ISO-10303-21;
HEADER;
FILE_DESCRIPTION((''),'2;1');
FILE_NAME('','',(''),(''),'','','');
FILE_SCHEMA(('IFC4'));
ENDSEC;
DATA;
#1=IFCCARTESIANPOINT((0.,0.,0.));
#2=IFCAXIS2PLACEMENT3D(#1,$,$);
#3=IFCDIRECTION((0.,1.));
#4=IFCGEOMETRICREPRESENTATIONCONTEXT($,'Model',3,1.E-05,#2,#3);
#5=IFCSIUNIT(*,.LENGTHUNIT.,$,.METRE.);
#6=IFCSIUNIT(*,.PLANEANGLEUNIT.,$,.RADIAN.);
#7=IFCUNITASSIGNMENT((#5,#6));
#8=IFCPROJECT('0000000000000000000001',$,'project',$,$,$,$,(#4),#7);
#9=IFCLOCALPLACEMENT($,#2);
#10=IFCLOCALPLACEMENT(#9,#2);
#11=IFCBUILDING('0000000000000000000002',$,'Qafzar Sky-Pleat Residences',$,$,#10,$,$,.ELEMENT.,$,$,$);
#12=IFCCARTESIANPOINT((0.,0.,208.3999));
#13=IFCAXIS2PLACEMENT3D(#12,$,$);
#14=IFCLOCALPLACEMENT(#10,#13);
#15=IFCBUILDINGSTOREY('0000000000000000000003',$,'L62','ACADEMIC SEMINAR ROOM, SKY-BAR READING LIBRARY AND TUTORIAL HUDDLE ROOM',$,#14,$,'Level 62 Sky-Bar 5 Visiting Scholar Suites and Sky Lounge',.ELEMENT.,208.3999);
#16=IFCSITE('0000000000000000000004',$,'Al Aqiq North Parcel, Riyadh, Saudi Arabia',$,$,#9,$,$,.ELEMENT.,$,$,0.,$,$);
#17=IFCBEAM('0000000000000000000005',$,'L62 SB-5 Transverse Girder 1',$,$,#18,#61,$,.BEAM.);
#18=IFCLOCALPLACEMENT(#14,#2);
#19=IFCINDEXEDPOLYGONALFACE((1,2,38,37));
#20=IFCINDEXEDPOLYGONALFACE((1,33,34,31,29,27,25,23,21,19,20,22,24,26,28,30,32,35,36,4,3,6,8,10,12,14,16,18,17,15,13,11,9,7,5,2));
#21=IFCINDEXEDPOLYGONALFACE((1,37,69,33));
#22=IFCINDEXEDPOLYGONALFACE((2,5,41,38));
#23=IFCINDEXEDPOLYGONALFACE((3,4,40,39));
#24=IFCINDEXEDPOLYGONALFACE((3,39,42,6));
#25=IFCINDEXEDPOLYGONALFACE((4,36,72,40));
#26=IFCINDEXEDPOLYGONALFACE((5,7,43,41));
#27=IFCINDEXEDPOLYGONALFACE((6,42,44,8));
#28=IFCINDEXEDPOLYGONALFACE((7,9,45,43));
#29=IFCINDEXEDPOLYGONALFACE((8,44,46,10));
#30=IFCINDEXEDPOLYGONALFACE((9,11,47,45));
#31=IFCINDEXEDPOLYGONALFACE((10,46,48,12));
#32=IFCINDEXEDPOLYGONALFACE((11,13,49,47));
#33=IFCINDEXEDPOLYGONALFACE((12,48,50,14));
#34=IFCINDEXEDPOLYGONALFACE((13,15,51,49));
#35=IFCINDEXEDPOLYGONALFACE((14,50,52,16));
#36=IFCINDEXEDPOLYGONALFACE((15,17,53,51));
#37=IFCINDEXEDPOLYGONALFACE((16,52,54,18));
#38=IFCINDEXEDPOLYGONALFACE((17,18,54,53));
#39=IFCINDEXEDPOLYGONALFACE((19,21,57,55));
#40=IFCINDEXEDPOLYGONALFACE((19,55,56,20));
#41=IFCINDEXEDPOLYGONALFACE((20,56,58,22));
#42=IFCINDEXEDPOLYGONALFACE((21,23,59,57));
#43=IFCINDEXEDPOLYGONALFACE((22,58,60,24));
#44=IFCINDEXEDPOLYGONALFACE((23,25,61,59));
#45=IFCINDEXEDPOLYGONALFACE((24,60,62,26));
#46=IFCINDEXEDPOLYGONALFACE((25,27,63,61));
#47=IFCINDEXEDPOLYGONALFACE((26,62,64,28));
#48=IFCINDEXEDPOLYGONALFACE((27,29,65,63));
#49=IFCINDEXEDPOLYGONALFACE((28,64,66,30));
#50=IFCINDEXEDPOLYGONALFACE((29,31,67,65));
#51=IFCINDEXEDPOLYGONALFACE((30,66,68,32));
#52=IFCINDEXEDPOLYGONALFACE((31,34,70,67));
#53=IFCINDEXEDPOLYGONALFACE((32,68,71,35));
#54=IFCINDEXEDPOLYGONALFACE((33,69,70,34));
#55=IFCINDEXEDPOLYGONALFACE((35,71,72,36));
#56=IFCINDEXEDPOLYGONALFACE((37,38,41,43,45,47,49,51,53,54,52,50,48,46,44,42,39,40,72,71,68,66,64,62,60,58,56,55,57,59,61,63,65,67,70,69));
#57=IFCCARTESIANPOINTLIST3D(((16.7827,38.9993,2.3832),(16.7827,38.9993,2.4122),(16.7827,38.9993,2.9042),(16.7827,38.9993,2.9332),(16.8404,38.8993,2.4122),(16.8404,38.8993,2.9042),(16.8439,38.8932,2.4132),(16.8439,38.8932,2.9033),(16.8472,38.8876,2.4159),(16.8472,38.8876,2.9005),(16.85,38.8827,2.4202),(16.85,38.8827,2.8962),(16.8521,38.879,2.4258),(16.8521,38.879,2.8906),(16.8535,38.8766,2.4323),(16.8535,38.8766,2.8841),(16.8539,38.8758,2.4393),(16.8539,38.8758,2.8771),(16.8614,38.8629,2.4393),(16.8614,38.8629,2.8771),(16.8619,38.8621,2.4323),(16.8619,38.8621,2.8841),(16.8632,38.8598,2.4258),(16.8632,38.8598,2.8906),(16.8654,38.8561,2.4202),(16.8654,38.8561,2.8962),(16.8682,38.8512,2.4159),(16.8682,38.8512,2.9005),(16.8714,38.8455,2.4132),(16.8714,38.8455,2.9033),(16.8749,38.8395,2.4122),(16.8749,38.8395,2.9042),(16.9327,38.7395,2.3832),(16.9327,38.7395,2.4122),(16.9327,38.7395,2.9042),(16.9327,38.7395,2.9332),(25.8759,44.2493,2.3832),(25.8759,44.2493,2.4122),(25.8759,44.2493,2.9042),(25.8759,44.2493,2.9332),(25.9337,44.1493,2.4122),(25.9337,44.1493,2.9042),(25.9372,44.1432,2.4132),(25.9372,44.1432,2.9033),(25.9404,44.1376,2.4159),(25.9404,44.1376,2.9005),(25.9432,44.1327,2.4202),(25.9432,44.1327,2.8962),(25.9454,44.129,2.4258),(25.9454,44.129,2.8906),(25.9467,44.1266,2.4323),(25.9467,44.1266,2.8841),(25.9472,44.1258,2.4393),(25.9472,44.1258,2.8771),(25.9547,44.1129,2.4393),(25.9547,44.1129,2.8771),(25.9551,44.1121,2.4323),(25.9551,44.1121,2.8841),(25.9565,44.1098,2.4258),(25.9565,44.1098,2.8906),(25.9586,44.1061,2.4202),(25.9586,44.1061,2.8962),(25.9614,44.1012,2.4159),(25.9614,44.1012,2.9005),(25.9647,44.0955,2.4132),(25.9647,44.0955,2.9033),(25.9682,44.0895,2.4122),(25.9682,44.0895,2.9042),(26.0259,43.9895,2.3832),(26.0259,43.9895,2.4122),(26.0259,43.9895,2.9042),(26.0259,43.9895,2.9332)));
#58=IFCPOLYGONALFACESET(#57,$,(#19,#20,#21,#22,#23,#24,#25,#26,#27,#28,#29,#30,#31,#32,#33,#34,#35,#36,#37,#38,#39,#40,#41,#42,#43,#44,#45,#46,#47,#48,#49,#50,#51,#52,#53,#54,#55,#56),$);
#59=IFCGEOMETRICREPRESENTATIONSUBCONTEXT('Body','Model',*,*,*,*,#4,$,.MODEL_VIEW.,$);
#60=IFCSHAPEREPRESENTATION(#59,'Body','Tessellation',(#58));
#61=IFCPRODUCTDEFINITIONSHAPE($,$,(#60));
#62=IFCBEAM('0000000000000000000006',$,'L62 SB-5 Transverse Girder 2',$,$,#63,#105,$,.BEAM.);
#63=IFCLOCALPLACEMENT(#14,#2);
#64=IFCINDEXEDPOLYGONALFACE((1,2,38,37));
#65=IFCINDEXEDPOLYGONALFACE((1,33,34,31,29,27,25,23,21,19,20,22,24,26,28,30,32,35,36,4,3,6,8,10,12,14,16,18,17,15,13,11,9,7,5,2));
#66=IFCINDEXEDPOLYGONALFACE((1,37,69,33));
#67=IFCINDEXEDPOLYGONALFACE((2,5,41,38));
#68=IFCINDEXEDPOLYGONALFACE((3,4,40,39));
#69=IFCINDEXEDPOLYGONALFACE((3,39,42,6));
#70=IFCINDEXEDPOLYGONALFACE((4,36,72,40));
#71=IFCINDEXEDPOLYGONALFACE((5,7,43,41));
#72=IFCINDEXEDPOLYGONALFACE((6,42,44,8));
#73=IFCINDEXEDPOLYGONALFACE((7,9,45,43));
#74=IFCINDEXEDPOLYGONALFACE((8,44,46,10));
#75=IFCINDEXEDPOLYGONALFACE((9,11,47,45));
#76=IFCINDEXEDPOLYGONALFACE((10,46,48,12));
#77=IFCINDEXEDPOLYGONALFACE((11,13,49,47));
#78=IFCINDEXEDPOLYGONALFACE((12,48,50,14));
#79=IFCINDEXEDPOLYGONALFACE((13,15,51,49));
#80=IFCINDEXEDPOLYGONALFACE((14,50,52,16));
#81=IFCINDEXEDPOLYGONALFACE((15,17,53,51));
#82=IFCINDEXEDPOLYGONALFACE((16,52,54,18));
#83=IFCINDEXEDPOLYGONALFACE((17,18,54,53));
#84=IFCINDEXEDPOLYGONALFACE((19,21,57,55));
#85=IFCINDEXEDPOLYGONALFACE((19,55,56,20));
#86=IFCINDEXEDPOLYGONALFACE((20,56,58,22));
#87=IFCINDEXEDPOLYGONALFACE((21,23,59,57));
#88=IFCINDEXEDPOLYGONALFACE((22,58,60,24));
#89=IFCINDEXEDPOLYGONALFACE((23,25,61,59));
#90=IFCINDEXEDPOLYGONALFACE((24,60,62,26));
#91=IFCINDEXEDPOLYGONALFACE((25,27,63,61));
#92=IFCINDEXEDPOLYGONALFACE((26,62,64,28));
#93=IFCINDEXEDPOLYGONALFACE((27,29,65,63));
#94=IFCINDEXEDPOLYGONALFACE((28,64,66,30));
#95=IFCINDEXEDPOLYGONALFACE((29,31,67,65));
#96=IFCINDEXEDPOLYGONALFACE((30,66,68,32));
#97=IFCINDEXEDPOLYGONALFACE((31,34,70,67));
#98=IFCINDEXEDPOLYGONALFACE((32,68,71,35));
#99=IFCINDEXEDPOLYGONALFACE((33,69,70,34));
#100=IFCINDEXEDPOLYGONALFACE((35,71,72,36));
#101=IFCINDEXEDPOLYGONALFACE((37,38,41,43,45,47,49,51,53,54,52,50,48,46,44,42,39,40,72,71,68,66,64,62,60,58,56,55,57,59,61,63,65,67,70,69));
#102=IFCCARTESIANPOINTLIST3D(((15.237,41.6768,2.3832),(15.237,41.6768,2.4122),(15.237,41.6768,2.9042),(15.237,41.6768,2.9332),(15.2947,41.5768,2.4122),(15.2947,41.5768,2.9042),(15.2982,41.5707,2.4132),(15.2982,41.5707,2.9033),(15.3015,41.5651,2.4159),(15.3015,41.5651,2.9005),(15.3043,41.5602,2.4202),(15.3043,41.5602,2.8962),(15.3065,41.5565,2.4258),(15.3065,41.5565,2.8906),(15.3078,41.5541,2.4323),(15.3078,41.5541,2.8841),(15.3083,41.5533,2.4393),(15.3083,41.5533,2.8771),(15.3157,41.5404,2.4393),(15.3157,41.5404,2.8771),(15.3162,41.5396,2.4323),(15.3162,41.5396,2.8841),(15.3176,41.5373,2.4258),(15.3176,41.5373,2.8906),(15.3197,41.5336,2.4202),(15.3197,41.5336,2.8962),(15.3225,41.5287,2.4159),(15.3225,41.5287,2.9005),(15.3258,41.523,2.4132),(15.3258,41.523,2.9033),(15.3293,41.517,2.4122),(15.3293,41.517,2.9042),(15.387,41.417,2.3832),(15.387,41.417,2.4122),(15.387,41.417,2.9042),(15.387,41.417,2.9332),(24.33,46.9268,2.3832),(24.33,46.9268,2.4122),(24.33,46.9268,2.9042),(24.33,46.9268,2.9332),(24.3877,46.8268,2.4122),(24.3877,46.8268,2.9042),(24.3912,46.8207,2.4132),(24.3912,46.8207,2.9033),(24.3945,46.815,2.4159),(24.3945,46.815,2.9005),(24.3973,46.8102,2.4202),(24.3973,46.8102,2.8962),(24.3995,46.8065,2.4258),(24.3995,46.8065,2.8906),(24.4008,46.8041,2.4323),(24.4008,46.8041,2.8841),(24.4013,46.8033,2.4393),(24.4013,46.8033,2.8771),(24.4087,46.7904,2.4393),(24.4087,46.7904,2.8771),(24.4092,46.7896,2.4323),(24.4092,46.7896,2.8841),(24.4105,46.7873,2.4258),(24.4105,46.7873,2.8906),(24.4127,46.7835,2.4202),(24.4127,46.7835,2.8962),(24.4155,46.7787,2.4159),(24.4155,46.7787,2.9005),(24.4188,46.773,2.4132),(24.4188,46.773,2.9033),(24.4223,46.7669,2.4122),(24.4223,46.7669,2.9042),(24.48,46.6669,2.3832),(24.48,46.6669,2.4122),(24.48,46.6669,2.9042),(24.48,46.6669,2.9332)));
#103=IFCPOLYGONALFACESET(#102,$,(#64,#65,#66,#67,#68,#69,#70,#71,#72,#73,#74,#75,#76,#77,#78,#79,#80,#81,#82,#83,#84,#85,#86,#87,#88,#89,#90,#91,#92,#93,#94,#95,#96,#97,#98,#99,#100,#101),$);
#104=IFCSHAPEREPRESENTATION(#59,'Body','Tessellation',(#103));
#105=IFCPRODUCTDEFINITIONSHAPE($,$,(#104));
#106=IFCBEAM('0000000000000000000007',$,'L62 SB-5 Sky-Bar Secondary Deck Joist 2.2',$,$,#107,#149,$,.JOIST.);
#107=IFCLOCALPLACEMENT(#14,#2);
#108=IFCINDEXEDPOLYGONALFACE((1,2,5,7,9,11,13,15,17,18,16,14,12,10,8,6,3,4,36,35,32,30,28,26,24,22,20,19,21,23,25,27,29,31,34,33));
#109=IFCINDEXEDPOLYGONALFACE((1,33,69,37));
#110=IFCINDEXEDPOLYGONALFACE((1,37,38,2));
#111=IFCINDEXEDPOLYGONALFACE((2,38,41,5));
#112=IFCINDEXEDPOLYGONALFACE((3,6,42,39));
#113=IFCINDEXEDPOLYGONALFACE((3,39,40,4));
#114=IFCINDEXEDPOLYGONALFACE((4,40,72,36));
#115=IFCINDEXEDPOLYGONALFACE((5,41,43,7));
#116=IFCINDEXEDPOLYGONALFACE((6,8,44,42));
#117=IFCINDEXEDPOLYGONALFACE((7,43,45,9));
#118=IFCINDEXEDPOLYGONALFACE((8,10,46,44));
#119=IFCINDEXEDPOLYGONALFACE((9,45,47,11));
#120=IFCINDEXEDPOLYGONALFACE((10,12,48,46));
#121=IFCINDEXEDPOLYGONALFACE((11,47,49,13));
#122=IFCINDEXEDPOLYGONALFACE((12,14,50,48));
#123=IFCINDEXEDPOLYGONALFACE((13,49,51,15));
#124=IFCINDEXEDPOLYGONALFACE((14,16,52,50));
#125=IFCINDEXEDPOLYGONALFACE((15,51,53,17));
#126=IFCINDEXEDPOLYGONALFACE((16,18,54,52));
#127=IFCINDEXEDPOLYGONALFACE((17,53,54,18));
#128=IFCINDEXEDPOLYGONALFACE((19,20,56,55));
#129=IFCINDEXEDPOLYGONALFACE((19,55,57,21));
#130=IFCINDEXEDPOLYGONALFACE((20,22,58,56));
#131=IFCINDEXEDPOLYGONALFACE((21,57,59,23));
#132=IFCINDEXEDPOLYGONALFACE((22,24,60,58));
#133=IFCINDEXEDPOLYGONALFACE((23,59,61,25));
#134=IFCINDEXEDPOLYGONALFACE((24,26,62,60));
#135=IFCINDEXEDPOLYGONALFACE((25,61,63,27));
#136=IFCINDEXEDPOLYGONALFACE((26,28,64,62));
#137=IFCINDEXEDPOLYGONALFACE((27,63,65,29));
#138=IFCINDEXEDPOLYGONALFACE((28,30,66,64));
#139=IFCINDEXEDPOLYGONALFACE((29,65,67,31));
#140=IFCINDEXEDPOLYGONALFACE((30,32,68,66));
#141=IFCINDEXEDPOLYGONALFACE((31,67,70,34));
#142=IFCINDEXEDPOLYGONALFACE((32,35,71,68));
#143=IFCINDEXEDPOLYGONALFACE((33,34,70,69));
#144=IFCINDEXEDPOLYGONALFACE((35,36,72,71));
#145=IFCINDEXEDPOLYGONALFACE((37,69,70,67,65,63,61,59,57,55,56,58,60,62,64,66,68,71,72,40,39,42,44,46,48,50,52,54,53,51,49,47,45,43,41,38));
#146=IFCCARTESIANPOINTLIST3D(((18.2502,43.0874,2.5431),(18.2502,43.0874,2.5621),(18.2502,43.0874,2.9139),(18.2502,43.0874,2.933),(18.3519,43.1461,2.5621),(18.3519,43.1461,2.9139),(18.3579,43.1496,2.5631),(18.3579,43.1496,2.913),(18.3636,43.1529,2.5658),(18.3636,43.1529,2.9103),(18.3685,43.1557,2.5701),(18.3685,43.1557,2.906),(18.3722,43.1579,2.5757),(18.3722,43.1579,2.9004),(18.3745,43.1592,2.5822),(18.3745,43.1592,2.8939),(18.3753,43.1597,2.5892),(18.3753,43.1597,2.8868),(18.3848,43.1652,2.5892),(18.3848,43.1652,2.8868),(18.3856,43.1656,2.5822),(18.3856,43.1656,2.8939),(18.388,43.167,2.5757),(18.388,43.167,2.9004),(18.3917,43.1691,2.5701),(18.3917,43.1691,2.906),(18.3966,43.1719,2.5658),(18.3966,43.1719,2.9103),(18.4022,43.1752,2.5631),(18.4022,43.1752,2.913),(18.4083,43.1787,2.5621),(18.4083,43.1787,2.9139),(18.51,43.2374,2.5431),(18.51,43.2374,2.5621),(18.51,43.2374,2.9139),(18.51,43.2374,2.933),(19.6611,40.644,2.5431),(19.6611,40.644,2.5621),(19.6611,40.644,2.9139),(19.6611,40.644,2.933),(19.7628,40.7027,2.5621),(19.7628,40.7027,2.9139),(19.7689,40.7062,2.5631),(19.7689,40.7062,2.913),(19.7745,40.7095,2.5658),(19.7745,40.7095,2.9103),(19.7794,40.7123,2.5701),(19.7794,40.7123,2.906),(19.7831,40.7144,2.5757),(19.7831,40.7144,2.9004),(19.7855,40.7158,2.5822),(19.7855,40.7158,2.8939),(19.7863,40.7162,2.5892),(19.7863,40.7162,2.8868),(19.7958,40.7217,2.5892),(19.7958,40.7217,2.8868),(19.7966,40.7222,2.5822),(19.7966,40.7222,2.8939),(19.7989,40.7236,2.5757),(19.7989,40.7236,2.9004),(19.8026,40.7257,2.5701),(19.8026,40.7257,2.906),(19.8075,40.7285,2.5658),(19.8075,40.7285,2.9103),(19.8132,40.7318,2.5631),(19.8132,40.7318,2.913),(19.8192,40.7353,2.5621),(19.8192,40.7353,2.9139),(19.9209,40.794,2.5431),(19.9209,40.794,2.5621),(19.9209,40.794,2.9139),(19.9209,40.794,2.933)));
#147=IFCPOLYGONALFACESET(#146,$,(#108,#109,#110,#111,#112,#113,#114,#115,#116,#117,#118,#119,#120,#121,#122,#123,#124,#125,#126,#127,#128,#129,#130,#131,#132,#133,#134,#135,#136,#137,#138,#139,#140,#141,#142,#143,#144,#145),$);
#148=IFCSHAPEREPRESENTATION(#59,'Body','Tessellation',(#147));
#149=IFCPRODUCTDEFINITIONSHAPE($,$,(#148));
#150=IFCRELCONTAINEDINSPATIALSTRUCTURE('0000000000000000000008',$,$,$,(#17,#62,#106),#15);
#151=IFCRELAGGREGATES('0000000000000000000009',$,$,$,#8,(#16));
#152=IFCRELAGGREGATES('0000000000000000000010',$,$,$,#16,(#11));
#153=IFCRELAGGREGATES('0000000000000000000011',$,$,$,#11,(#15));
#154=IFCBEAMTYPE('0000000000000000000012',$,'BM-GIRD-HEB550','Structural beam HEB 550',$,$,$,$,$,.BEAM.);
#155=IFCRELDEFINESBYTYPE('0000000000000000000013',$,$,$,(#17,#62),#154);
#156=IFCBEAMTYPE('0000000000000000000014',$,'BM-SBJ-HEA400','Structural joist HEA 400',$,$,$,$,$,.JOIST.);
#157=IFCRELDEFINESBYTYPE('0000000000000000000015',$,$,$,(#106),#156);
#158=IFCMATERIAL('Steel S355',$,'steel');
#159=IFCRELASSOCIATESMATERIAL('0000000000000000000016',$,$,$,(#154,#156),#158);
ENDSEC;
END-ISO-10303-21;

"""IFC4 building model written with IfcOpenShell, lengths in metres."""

from ifc_helpers import new_model, si_unit, direction, frame, origin, origin_2d, place, context, subcontext, project, spatial, i_section, extrude, source, transform, mapped, material, material_profile, profile_set, type_object, element, save


model = new_model("IFC4")

# Units and contexts
model_context = context("Model", 3, precision=1e-05, world=origin(), true_north=direction((0.0, 1.0)))
body_context = subcontext(model_context, "Body", "Model", "MODEL_VIEW")
ifc_project = project(units=[si_unit("LENGTHUNIT", "METRE"), si_unit("PLANEANGLEUNIT", "RADIAN")], contexts=[model_context])

# Site, building, storey
site_placement = place(None, origin())
site = spatial("IfcSite", under=ifc_project, at=site_placement, Name="Al Aqiq North Parcel, Riyadh, Saudi Arabia", CompositionType="ELEMENT", RefElevation=0.0)
building_placement = place(site_placement, origin())
building = spatial("IfcBuilding", under=site, at=building_placement, Name="Qafzar Sky-Pleat Residences", CompositionType="ELEMENT")
storey_placement = place(building_placement, frame((0.0, 0.0, 208.3999)))
storey = spatial("IfcBuildingStorey", under=building, at=storey_placement, Name="L62", Description="ACADEMIC SEMINAR ROOM, SKY-BAR READING LIBRARY AND TUTORIAL HUDDLE ROOM", LongName="Level 62 Sky-Bar 5 Visiting Scholar Suites and Sky Lounge", CompositionType="ELEMENT", Elevation=208.3999)

# Shared definitions
ifc_material_1 = material(Name="Steel S355", Category="steel")

# Beams
ifc_material_profile_1 = material_profile(ifc_material_1, i_section(OverallWidth=0.3, OverallDepth=0.55, WebThickness=0.0149, FlangeThickness=0.0291, FilletRadius=0.0271, at=origin_2d()), Name="HEB 550")
ifc_profile_set_1 = profile_set([ifc_material_profile_1], Name="Steel S355")
beam_type_1 = type_object("IfcBeamType", Name="BM-GIRD-HEB550", Description="Structural beam HEB 550", PredefinedType="BEAM", material=ifc_profile_set_1)
shared_shape_1 = source(origin(), body_context, "Body", "SweptSolid", [
    extrude(i_section(OverallWidth=0.3, OverallDepth=0.55, WebThickness=0.0149, FlangeThickness=0.0291, FilletRadius=0.0271, at=origin_2d()), origin(), (0.0, 0.0, 1.0), 10.5),
])
beam_1_placement = place(storey_placement, frame((16.8577, 38.8694, 2.6582), z_axis=(0.866025, 0.5, 0.0), x_axis=(-0.5, 0.866025, 0.0)))
element("IfcBeam", 1, at=beam_1_placement, inside=storey, type_object=beam_type_1, Name="L62 SB-5 Transverse Girder 1", PredefinedType="BEAM", context=body_context, shape_type="MappedRepresentation", body=[
    mapped(shared_shape_1, transform((0.0, 0.0, 0.0), x_axis=(1.0, 0.0, 0.0), y_axis=(0.0, 1.0, 0.0), z_axis=(0.0, 0.0, 1.0), scale=1.0)),
])
shared_shape_2 = source(origin(), body_context, "Body", "SweptSolid", [
    extrude(i_section(OverallWidth=0.3, OverallDepth=0.55, WebThickness=0.0149, FlangeThickness=0.0291, FilletRadius=0.0271, at=origin_2d()), origin(), (0.0, 0.0, 1.0), 10.4998),
])
beam_2_placement = place(storey_placement, frame((15.312, 41.5469, 2.6582), z_axis=(0.866019, 0.50001, 0.0), x_axis=(-0.50001, 0.866019, 0.0)))
element("IfcBeam", 2, at=beam_2_placement, inside=storey, type_object=beam_type_1, Name="L62 SB-5 Transverse Girder 2", PredefinedType="BEAM", context=body_context, shape_type="MappedRepresentation", body=[
    mapped(shared_shape_2, transform((0.0, 0.0, 0.0), x_axis=(1.0, 0.0, 0.0), y_axis=(0.0, 1.0, 0.0), z_axis=(0.0, 0.0, 1.0), scale=1.0)),
])
ifc_material_profile_2 = material_profile(ifc_material_1, i_section(OverallWidth=0.3, OverallDepth=0.3899, WebThickness=0.011, FlangeThickness=0.019, FilletRadius=0.0271, at=origin_2d()), Name="HEA 400")
ifc_profile_set_2 = profile_set([ifc_material_profile_2], Name="Steel S355")
beam_type_2 = type_object("IfcBeamType", Name="BM-SBJ-HEA400", Description="Structural joist HEA 400", PredefinedType="JOIST", material=ifc_profile_set_2)
shared_shape_3 = source(origin(), body_context, "Body", "SweptSolid", [
    extrude(i_section(OverallWidth=0.3, OverallDepth=0.3899, WebThickness=0.011, FlangeThickness=0.019, FilletRadius=0.0271, at=origin_2d()), origin(), (0.0, 0.0, 1.0), 2.8215),
])
beam_3_placement = place(storey_placement, frame((19.791, 40.719, 2.738), z_axis=(-0.500057, 0.865992, 0.0), x_axis=(-0.865992, -0.500057, 0.0)))
element("IfcBeam", 3, at=beam_3_placement, inside=storey, type_object=beam_type_2, Name="L62 SB-5 Sky-Bar Secondary Deck Joist 2.2", PredefinedType="JOIST", context=body_context, shape_type="MappedRepresentation", body=[
    mapped(shared_shape_3, transform((0.0, 0.0, 0.0), x_axis=(1.0, 0.0, 0.0), y_axis=(0.0, 1.0, 0.0), z_axis=(0.0, 0.0, 1.0), scale=1.0)),
])

save(model, "model.ifc")
